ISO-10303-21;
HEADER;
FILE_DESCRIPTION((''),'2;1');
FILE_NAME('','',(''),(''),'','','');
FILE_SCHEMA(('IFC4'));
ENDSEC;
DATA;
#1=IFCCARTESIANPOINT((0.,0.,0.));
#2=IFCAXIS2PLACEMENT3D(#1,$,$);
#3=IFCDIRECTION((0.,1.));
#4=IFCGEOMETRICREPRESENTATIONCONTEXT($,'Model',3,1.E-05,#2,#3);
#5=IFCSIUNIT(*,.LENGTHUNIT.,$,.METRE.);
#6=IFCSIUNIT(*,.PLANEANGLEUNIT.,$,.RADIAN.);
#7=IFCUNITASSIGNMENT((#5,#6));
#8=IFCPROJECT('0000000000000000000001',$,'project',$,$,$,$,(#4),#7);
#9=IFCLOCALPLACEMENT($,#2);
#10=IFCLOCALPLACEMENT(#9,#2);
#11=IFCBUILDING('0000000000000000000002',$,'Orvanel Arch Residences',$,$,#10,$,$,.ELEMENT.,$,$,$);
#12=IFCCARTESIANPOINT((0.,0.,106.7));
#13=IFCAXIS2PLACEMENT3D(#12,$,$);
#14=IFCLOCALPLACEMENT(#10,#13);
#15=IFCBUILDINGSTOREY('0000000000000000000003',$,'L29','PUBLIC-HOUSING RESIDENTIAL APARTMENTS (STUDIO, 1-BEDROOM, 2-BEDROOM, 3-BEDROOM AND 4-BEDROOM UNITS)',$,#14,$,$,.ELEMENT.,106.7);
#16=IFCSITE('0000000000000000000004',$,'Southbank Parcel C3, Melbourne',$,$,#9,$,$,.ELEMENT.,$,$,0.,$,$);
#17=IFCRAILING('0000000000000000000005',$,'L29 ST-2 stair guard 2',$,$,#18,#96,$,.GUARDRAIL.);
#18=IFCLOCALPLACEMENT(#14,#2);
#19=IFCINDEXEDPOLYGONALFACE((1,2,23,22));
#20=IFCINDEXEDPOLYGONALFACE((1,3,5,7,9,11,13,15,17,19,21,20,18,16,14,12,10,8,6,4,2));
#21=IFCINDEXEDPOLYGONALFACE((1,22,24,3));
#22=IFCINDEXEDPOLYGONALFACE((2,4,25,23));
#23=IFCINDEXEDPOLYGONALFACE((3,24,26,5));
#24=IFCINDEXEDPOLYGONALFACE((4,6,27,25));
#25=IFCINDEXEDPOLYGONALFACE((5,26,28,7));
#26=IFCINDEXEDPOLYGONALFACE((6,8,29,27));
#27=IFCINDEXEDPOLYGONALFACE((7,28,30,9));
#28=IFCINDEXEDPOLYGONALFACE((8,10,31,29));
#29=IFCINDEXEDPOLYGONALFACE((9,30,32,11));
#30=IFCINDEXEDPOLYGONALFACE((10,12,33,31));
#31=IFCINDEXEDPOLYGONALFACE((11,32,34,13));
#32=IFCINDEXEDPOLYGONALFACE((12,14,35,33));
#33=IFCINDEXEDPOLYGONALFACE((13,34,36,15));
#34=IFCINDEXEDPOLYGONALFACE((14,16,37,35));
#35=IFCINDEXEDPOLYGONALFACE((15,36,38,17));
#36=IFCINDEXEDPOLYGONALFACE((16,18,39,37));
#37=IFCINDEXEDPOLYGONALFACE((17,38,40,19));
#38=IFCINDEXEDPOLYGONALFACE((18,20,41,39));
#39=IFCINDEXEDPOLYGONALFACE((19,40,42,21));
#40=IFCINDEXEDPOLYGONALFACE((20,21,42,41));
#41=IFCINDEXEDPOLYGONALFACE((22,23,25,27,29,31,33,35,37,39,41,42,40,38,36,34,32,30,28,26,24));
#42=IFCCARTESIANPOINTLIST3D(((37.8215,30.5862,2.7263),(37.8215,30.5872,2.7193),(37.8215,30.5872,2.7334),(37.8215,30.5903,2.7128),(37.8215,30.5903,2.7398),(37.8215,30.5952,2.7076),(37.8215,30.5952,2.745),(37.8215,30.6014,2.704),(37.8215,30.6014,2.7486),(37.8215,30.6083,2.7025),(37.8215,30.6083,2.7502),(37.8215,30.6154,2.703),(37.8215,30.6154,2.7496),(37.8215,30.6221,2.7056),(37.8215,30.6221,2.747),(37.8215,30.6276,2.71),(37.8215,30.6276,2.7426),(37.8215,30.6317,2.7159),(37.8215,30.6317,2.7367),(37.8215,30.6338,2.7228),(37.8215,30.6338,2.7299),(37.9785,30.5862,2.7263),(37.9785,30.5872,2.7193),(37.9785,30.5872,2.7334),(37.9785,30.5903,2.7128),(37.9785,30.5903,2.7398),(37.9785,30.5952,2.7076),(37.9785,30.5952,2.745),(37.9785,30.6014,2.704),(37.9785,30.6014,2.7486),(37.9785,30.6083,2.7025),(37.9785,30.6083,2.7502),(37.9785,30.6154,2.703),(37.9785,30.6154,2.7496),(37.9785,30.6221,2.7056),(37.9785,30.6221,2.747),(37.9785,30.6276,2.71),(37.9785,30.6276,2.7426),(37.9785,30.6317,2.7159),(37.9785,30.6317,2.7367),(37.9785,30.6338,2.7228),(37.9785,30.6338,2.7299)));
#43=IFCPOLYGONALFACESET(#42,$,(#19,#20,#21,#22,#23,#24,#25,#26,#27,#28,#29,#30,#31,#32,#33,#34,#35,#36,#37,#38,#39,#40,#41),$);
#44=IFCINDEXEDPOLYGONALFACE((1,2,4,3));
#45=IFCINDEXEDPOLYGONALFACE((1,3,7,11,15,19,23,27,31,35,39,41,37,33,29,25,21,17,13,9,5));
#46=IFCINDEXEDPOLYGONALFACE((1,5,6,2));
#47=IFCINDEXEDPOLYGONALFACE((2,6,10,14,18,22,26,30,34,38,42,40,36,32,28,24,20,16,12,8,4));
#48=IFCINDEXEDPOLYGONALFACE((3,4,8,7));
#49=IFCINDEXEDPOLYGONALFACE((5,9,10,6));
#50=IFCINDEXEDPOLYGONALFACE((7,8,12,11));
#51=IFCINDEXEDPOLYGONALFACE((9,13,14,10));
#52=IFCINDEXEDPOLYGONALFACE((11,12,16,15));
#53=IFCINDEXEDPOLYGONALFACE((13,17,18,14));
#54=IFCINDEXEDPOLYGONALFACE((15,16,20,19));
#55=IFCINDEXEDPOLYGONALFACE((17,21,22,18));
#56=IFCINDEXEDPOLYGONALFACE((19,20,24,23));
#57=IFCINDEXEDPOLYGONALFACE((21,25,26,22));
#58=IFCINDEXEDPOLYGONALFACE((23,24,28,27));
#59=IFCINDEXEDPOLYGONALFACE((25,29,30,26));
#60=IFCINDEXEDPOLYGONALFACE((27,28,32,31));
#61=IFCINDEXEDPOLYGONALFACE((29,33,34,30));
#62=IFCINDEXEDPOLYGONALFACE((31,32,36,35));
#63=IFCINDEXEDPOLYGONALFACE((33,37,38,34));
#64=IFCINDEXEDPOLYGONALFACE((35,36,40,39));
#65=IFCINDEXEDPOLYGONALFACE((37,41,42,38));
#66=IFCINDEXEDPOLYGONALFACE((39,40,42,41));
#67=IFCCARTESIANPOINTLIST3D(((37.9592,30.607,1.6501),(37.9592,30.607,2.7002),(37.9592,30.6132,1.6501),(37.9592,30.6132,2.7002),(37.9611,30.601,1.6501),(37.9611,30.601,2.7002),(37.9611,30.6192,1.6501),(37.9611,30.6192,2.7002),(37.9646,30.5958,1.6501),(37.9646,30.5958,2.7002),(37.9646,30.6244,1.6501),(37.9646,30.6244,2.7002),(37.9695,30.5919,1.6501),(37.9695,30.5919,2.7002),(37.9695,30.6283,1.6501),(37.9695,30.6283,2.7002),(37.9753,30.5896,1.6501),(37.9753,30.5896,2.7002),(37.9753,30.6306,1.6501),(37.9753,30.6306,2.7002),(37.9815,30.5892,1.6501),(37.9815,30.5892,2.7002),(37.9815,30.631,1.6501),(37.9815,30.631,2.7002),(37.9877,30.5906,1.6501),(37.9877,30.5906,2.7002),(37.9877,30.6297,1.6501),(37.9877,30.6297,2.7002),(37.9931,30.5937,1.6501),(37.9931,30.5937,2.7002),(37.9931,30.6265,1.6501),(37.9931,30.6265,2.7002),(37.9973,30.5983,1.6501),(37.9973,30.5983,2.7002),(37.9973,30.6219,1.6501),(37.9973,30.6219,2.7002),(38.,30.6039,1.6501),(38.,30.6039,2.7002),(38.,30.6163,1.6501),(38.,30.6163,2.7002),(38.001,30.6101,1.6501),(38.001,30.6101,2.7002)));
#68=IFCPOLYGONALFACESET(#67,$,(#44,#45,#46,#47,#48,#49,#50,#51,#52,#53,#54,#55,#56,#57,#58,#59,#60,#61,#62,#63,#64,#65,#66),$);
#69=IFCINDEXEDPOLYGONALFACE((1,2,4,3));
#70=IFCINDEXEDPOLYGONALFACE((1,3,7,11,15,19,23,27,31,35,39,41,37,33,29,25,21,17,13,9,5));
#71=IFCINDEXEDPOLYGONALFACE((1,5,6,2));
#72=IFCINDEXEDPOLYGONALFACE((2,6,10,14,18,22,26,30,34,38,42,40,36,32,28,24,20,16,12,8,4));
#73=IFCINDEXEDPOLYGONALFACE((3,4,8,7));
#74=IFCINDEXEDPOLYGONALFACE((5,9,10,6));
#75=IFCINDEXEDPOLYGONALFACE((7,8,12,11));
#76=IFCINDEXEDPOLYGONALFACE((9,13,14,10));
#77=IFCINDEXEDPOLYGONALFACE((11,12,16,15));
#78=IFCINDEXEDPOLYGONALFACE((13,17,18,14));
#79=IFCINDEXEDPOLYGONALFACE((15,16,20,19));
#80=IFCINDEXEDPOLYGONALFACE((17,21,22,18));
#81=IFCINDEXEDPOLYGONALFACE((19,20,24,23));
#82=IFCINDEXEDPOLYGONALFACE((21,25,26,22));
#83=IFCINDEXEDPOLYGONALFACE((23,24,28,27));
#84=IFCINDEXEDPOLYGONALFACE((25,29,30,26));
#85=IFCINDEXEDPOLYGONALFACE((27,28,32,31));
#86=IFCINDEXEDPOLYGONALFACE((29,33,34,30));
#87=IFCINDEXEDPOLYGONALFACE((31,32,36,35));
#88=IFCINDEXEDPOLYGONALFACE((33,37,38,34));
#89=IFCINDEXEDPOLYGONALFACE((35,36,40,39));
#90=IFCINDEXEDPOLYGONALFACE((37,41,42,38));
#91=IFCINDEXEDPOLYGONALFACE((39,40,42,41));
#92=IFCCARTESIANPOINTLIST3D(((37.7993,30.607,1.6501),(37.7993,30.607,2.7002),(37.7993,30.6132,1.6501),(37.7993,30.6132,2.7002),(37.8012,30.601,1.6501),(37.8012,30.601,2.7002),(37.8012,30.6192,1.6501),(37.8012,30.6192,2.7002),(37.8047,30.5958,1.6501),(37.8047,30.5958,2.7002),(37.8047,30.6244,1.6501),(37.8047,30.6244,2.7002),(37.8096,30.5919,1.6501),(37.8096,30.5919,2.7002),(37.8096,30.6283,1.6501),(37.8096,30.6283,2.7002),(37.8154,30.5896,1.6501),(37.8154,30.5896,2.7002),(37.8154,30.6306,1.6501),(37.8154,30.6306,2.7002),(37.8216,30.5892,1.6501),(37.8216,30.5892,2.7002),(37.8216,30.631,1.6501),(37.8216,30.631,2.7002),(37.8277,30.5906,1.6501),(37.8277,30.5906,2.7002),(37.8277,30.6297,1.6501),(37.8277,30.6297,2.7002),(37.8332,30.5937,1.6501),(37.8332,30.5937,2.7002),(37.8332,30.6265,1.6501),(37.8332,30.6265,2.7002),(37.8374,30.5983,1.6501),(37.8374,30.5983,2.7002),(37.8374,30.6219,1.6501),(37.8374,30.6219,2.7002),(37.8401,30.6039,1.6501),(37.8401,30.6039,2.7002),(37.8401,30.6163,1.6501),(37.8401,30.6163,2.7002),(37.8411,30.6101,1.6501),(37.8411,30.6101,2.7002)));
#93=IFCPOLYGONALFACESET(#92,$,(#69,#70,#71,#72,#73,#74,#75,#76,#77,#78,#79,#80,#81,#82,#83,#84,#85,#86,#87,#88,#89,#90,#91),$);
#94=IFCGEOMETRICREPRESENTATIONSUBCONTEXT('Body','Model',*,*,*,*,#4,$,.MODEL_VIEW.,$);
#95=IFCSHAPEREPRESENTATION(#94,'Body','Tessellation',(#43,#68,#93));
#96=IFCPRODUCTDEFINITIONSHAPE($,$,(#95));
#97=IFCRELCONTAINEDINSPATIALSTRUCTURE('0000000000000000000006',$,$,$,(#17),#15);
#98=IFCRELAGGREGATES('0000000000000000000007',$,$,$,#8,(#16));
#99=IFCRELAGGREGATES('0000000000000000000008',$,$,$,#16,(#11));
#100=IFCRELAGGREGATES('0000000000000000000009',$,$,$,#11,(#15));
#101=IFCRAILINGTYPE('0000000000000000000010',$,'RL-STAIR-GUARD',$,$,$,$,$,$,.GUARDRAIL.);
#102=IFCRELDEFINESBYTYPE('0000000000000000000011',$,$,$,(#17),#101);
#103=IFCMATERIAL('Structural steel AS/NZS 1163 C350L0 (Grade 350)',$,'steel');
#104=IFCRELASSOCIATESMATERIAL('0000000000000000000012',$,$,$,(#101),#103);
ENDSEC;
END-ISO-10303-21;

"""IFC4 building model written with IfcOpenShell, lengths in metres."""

from ifc_helpers import new_model, si_unit, direction, frame, origin, origin_2d, place, context, subcontext, project, spatial, circle, extrude, material, type_object, element, save


model = new_model("IFC4")

# Units and contexts
model_context = context("Model", 3, precision=1e-05, world=origin(), true_north=direction((0.0, 1.0)))
body_context = subcontext(model_context, "Body", "Model", "MODEL_VIEW")
ifc_project = project(units=[si_unit("LENGTHUNIT", "METRE"), si_unit("PLANEANGLEUNIT", "RADIAN")], contexts=[model_context])

# Site, building, storey
site_placement = place(None, origin())
site = spatial("IfcSite", under=ifc_project, at=site_placement, Name="Southbank Parcel C3, Melbourne", CompositionType="ELEMENT", RefElevation=0.0)
building_placement = place(site_placement, origin())
building = spatial("IfcBuilding", under=site, at=building_placement, Name="Orvanel Arch Residences", CompositionType="ELEMENT")
storey_placement = place(building_placement, frame((0.0, 0.0, 106.7)))
storey = spatial("IfcBuildingStorey", under=building, at=storey_placement, Name="L29", Description="PUBLIC-HOUSING RESIDENTIAL APARTMENTS (STUDIO, 1-BEDROOM, 2-BEDROOM, 3-BEDROOM AND 4-BEDROOM UNITS)", CompositionType="ELEMENT", Elevation=106.7)

# Railing
ifc_material_1 = material(Name="Structural steel AS/NZS 1163 C350L0 (Grade 350)", Category="steel")
railing_type_1 = type_object("IfcRailingType", Name="RL-STAIR-GUARD", PredefinedType="GUARDRAIL", material=ifc_material_1)
railing_1_placement = place(storey_placement, frame((37.98, 30.6101, 1.6501)))
element("IfcRailing", 1, at=railing_1_placement, inside=storey, type_object=railing_type_1, Name="L29 ST-2 stair guard 2", PredefinedType="GUARDRAIL", context=body_context, shape_type="SweptSolid", body=[
    extrude(circle(Radius=0.0239, at=origin_2d()), frame((-0.0015, 0.0, 1.0762), z_axis=(-1.0, 0.0, 0.0), x_axis=(0.0, -1.0, 0.0)), (0.0, 0.0, 1.0), 0.157),
    extrude(circle(Radius=0.021, at=origin_2d()), origin(), (0.0, 0.0, 1.0), 1.05),
    extrude(circle(Radius=0.021, at=origin_2d()), frame((-0.1599, 0.0, 0.0)), (0.0, 0.0, 1.0), 1.05),
])

save(model, "model.ifc")
